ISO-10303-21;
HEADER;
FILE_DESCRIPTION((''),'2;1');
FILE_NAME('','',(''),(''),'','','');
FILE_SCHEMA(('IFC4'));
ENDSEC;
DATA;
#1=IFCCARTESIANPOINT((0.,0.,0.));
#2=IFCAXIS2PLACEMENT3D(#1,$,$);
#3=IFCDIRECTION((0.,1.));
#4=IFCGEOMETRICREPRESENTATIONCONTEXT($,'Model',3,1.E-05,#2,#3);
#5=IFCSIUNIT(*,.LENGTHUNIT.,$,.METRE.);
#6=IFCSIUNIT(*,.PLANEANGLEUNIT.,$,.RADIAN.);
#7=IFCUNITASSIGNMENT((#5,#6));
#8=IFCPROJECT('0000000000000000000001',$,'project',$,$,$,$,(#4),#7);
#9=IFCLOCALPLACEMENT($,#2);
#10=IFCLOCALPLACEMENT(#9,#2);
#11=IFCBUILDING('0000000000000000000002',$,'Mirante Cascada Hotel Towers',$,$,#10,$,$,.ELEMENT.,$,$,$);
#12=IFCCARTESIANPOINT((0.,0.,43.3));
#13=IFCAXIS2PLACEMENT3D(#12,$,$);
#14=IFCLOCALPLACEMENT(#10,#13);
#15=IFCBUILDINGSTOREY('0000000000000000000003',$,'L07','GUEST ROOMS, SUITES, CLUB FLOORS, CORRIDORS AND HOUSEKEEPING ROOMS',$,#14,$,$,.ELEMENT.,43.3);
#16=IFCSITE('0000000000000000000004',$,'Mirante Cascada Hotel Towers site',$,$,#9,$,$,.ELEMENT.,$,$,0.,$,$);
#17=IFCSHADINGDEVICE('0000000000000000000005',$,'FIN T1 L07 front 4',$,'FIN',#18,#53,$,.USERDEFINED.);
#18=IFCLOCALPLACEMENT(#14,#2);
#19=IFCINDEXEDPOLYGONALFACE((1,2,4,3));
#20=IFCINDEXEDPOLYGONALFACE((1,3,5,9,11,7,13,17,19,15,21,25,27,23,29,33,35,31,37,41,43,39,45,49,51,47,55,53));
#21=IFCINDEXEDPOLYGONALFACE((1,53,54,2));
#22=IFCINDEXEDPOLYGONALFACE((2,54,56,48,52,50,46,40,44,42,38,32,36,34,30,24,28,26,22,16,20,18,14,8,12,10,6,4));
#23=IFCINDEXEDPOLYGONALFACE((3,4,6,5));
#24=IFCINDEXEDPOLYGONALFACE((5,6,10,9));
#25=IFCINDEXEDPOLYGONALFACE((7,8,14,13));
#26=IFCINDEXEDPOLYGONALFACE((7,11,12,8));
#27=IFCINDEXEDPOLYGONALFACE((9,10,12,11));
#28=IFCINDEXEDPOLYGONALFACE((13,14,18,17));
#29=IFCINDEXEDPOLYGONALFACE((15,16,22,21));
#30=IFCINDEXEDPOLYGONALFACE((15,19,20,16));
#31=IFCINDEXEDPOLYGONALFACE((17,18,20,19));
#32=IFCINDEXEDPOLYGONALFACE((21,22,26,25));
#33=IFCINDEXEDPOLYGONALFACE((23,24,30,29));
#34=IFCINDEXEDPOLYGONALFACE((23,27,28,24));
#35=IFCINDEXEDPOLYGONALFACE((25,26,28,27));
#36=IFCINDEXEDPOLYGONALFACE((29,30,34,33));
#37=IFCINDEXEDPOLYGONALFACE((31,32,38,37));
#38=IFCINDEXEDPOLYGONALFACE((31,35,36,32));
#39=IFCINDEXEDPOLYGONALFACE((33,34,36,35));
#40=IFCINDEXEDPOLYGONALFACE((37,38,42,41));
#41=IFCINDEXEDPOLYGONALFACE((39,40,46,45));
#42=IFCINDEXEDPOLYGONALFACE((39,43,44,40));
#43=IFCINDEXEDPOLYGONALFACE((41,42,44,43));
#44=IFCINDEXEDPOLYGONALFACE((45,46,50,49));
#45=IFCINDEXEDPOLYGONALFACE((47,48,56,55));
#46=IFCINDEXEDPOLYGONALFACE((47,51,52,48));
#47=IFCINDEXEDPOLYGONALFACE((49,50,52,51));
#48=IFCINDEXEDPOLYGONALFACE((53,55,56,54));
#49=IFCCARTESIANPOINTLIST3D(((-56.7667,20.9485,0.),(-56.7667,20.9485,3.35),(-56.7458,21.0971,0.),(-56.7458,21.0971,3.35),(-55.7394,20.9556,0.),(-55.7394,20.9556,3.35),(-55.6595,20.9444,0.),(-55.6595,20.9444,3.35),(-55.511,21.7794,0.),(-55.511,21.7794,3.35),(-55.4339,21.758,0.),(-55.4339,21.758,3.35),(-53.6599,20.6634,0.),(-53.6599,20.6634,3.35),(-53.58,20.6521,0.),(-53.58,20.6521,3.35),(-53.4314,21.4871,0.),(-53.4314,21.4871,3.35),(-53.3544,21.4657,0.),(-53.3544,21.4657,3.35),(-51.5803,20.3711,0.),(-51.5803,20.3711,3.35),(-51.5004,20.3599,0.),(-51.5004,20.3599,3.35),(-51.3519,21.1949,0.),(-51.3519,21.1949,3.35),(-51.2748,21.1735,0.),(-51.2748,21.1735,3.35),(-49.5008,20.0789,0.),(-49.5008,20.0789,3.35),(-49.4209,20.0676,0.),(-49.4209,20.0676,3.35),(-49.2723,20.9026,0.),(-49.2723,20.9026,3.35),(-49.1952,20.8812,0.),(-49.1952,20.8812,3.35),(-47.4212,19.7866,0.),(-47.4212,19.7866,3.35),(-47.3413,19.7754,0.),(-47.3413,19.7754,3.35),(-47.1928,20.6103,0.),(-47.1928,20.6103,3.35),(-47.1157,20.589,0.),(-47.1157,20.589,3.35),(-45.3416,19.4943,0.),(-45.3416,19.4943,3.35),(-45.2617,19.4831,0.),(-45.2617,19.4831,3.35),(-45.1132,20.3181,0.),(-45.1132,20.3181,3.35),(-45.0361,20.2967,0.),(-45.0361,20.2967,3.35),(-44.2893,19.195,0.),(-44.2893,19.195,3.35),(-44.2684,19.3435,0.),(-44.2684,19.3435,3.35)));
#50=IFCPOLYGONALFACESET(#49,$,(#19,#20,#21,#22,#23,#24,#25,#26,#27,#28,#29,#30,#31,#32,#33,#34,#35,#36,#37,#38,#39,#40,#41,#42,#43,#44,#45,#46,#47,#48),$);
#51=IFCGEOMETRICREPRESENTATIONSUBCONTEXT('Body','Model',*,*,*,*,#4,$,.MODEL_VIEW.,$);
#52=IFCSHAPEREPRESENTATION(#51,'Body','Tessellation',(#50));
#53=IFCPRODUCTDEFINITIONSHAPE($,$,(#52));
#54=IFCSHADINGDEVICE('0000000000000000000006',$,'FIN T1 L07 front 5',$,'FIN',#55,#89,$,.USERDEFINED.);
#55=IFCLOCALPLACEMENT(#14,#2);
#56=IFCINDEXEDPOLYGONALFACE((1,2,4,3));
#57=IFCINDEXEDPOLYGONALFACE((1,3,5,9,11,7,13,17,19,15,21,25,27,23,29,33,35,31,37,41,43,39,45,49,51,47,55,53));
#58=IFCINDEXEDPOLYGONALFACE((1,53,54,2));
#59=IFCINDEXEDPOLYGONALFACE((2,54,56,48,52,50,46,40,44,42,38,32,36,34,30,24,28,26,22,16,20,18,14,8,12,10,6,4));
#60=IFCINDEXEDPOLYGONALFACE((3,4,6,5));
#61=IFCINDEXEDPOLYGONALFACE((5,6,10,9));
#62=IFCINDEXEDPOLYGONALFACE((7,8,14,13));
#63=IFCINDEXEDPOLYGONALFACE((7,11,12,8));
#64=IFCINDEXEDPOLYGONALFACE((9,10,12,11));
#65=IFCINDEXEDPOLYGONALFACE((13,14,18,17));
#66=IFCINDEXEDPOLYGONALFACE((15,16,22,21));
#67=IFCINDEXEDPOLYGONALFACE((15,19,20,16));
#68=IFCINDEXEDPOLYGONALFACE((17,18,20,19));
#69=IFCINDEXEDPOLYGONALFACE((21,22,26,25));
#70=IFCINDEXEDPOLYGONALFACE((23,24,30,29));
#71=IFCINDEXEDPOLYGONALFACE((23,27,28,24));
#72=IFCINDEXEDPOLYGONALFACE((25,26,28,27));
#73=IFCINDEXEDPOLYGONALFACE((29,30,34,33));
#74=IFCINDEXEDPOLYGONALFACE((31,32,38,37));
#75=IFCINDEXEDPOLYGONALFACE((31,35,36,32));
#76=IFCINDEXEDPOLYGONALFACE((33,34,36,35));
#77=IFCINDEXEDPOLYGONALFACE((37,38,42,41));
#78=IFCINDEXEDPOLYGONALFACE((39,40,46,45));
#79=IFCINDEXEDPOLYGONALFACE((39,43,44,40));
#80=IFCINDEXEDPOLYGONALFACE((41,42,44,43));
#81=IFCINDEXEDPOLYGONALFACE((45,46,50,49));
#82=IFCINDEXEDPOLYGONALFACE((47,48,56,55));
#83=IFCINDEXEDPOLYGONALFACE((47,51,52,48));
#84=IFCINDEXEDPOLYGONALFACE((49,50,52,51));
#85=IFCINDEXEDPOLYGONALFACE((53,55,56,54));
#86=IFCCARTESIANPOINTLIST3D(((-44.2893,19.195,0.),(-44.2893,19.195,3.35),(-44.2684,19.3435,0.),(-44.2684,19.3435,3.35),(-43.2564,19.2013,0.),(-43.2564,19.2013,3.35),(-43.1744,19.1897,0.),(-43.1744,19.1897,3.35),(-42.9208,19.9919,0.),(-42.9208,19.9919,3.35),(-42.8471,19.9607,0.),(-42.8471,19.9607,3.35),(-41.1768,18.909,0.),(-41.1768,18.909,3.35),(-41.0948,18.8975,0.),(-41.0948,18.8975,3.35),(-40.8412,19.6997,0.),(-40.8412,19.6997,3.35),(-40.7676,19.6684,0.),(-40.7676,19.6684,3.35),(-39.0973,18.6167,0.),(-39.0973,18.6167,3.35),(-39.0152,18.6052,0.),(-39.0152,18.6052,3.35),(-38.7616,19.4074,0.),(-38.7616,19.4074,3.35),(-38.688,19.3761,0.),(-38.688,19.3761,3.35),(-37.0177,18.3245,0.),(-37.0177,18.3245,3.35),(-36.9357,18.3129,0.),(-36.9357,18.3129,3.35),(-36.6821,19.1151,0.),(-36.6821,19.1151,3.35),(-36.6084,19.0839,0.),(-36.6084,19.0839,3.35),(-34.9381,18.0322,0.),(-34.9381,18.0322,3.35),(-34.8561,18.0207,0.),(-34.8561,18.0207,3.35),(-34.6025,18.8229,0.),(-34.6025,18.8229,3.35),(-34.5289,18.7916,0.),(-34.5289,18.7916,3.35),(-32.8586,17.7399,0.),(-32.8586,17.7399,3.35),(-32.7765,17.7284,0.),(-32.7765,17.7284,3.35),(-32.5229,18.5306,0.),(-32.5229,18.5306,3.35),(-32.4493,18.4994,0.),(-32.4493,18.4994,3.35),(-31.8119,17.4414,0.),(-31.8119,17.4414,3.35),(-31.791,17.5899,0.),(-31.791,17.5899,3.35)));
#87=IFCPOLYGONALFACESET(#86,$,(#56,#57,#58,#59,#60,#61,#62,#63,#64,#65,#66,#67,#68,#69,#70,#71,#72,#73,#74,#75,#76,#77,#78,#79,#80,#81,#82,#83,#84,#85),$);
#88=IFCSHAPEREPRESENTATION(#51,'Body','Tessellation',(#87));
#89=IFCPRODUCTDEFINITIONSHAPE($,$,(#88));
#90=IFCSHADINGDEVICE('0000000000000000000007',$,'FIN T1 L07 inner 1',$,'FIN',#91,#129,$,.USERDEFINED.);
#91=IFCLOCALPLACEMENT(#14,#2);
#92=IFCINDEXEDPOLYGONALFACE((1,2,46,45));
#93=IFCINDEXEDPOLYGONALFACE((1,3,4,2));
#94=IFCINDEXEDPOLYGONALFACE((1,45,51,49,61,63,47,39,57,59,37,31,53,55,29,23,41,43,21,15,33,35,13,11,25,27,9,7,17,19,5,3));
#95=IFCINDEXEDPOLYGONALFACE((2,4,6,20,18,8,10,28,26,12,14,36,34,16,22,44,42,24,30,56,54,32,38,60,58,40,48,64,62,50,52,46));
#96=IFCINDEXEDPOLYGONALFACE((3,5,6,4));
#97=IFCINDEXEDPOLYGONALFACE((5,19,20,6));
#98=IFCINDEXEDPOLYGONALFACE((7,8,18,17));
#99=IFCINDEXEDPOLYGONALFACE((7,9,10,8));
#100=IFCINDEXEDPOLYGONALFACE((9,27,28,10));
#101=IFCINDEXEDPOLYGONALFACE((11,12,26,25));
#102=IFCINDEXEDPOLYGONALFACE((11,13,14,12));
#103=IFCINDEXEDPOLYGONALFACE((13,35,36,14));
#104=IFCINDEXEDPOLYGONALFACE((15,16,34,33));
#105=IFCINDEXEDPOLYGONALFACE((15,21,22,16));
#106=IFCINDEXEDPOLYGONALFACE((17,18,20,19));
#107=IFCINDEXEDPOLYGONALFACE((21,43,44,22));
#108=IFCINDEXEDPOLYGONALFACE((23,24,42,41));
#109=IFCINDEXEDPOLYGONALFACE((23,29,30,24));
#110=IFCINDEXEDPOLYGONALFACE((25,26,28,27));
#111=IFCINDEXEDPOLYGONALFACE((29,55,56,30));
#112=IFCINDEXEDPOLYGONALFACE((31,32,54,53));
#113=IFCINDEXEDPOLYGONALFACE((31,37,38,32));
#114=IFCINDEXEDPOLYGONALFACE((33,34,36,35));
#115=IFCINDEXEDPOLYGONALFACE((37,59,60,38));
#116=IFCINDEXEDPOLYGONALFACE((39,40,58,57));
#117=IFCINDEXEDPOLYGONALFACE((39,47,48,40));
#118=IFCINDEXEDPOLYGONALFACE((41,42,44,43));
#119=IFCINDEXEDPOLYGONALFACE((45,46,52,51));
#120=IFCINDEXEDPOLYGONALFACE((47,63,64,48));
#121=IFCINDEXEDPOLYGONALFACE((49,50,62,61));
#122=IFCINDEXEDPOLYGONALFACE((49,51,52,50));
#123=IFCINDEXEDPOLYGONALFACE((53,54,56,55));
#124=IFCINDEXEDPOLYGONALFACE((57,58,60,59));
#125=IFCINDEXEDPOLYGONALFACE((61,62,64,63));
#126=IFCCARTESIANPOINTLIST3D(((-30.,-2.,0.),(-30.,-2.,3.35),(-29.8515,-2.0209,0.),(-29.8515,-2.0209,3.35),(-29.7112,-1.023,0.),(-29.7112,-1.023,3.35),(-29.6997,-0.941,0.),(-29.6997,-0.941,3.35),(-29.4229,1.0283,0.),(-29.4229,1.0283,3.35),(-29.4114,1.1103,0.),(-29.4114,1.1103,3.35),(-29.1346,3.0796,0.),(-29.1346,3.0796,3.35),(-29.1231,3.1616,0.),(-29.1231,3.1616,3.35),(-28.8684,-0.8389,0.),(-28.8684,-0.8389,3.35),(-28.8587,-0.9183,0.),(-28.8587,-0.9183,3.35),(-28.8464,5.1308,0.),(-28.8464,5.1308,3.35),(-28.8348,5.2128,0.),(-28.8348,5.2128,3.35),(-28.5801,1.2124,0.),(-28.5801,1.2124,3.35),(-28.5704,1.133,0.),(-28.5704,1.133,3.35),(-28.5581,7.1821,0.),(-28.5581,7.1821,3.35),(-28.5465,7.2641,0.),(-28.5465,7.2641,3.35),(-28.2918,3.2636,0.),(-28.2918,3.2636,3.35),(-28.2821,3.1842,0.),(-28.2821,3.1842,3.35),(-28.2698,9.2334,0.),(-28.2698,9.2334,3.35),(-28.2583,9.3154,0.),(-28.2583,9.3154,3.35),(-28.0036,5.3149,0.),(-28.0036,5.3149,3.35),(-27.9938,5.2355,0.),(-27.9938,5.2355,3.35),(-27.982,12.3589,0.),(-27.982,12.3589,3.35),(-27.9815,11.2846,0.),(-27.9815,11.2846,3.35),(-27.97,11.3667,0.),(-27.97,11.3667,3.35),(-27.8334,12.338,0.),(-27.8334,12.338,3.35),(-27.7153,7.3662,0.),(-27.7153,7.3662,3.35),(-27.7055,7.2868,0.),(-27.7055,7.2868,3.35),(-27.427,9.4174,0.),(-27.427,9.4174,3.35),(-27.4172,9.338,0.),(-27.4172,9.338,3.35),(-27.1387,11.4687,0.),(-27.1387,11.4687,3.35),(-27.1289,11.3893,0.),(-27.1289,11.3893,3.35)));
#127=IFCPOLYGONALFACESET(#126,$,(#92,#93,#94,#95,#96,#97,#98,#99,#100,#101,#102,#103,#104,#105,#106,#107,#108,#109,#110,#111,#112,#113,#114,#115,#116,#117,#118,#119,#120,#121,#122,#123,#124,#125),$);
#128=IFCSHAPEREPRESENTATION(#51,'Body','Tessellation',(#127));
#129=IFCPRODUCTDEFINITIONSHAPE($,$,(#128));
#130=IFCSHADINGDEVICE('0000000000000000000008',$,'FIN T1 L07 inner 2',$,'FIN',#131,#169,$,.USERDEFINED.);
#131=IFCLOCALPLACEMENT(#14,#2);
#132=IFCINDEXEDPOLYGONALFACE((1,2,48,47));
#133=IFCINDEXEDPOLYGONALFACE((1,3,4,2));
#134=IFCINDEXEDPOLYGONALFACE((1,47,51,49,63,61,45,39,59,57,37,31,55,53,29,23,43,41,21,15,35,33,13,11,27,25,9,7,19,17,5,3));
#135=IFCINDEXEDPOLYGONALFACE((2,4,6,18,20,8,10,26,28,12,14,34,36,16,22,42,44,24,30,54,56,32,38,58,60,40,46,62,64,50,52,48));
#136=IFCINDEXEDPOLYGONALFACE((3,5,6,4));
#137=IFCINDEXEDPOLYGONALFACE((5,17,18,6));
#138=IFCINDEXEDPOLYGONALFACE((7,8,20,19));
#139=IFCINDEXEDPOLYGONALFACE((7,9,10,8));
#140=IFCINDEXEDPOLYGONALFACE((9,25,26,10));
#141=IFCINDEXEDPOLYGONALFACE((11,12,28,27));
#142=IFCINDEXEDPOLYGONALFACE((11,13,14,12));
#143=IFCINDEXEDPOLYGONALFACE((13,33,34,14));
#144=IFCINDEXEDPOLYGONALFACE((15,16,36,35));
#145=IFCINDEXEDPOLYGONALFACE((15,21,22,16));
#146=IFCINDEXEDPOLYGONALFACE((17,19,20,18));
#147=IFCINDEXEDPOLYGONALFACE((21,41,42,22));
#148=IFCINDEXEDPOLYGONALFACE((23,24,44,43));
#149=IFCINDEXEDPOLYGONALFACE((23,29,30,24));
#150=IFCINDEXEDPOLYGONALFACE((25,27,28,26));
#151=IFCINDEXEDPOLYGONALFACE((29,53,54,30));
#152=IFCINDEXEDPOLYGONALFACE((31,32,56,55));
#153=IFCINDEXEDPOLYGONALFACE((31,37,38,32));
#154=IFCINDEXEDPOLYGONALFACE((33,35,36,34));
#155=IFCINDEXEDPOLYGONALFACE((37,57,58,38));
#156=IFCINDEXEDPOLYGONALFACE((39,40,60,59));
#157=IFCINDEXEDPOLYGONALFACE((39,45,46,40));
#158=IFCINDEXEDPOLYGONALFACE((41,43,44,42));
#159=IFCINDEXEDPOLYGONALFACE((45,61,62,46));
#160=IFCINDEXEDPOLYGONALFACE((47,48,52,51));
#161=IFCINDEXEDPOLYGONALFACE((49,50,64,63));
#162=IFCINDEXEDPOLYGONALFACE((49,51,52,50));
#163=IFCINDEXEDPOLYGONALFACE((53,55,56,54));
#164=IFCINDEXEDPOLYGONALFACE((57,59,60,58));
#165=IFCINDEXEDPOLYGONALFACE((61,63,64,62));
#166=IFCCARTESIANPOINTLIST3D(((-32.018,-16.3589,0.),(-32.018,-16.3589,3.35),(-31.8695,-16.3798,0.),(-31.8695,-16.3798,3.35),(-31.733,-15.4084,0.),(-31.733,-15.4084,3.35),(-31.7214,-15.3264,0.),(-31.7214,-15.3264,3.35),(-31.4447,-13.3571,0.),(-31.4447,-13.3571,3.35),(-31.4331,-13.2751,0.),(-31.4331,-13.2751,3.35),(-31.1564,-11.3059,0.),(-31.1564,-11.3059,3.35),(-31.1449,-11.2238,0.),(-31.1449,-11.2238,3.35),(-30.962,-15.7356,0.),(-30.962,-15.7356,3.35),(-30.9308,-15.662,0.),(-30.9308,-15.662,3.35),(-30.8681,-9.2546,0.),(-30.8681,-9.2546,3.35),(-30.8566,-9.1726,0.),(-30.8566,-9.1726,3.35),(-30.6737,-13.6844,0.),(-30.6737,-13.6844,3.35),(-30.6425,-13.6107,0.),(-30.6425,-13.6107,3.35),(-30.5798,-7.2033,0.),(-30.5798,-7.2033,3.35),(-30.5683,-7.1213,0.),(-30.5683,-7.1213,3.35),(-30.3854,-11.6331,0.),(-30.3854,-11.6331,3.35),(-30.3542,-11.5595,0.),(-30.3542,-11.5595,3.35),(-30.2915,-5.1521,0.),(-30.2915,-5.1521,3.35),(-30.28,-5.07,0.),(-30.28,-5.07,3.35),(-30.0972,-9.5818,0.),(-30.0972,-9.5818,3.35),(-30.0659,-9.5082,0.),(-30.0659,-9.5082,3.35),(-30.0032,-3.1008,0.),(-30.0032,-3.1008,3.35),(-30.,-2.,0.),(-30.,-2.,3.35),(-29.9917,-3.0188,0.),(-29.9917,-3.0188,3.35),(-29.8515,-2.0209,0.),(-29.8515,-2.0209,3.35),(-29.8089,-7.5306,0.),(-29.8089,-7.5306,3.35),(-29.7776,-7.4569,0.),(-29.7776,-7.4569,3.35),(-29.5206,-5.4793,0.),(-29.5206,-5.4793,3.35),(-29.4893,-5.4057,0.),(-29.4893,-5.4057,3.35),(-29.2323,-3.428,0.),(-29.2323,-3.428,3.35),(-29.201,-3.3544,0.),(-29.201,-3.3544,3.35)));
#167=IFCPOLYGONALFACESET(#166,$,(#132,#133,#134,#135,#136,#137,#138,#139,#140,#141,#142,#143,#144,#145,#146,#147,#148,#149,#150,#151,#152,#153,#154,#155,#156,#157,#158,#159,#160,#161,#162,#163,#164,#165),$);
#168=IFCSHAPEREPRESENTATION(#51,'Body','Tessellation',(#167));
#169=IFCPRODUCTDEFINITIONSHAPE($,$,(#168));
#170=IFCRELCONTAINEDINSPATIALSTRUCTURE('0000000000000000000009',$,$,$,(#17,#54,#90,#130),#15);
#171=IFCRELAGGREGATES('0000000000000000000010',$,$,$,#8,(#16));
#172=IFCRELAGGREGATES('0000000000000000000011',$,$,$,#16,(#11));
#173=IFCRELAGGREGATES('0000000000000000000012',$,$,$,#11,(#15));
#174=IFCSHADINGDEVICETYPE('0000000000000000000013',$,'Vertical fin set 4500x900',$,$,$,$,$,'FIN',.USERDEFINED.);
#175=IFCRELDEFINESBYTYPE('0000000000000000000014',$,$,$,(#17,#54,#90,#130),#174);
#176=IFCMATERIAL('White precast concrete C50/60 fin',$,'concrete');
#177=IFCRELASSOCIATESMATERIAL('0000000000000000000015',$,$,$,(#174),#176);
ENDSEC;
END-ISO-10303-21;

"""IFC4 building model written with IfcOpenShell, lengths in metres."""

from ifc_helpers import new_model, si_unit, direction, frame, origin, place, context, subcontext, project, spatial, polyline, outline, extrude, material, type_object, element, save


model = new_model("IFC4")

# Units and contexts
model_context = context("Model", 3, precision=1e-05, world=origin(), true_north=direction((0.0, 1.0)))
body_context = subcontext(model_context, "Body", "Model", "MODEL_VIEW")
ifc_project = project(units=[si_unit("LENGTHUNIT", "METRE"), si_unit("PLANEANGLEUNIT", "RADIAN")], contexts=[model_context])

# Site, building, storey
site_placement = place(None, origin())
site = spatial("IfcSite", under=ifc_project, at=site_placement, Name="Mirante Cascada Hotel Towers site", CompositionType="ELEMENT", RefElevation=0.0)
building_placement = place(site_placement, origin())
building = spatial("IfcBuilding", under=site, at=building_placement, Name="Mirante Cascada Hotel Towers", CompositionType="ELEMENT")
storey_placement = place(building_placement, frame((0.0, 0.0, 43.3)))
storey = spatial("IfcBuildingStorey", under=building, at=storey_placement, Name="L07", Description="GUEST ROOMS, SUITES, CLUB FLOORS, CORRIDORS AND HOUSEKEEPING ROOMS", CompositionType="ELEMENT", Elevation=43.3)

# Shading devices
ifc_material_1 = material(Name="White precast concrete C50/60 fin", Category="concrete")
shading_device_type = type_object("IfcShadingDeviceType", Name="Vertical fin set 4500x900", ElementType="FIN", PredefinedType="USERDEFINED", material=ifc_material_1)
shading_device_1_placement = place(storey_placement, origin())
element("IfcShadingDevice", 1, at=shading_device_1_placement, inside=storey, type_object=shading_device_type, Name="FIN T1 L07 front 4", ObjectType="FIN", PredefinedType="USERDEFINED", context=body_context, shape_type="SweptSolid", body=[
    extrude(outline(polyline([(-45.0361, 20.2967), (-45.2617, 19.4831), (-44.2684, 19.3435), (-44.2893, 19.195), (-56.7667, 20.9485), (-56.7458, 21.0971), (-55.7394, 20.9556), (-55.511, 21.7794), (-55.4339, 21.758), (-55.6595, 20.9444), (-53.6599, 20.6634), (-53.4314, 21.4871), (-53.3544, 21.4657), (-53.58, 20.6521), (-51.5803, 20.3711), (-51.3519, 21.1949), (-51.2748, 21.1735), (-51.5004, 20.3599), (-49.5008, 20.0789), (-49.2723, 20.9026), (-49.1952, 20.8812), (-49.4209, 20.0676), (-47.4212, 19.7866), (-47.1928, 20.6103), (-47.1157, 20.589), (-47.3413, 19.7754), (-45.3416, 19.4943), (-45.1132, 20.3181), (-45.0361, 20.2967)])), origin(), (0.0, 0.0, 1.0), 3.35),
])
shading_device_2_placement = place(storey_placement, origin())
element("IfcShadingDevice", 2, at=shading_device_2_placement, inside=storey, type_object=shading_device_type, Name="FIN T1 L07 front 5", ObjectType="FIN", PredefinedType="USERDEFINED", context=body_context, shape_type="SweptSolid", body=[
    extrude(outline(polyline([(-32.4493, 18.4994), (-32.7765, 17.7284), (-31.791, 17.5899), (-31.8119, 17.4414), (-44.2893, 19.195), (-44.2684, 19.3435), (-43.2564, 19.2013), (-42.9208, 19.9919), (-42.8471, 19.9607), (-43.1744, 19.1897), (-41.1768, 18.909), (-40.8412, 19.6997), (-40.7676, 19.6684), (-41.0948, 18.8975), (-39.0973, 18.6167), (-38.7616, 19.4074), (-38.688, 19.3761), (-39.0152, 18.6052), (-37.0177, 18.3245), (-36.6821, 19.1151), (-36.6084, 19.0839), (-36.9357, 18.3129), (-34.9381, 18.0322), (-34.6025, 18.8229), (-34.5289, 18.7916), (-34.8561, 18.0207), (-32.8586, 17.7399), (-32.5229, 18.5306), (-32.4493, 18.4994)])), origin(), (0.0, 0.0, 1.0), 3.35),
])
shading_device_3_placement = place(storey_placement, origin())
element("IfcShadingDevice", 3, at=shading_device_3_placement, inside=storey, type_object=shading_device_type, Name="FIN T1 L07 inner 1", ObjectType="FIN", PredefinedType="USERDEFINED", context=body_context, shape_type="SweptSolid", body=[
    extrude(outline(polyline([(-29.7112, -1.023), (-29.8515, -2.0209), (-30.0, -2.0), (-27.982, 12.3589), (-27.8334, 12.338), (-27.97, 11.3667), (-27.1387, 11.4687), (-27.1289, 11.3893), (-27.9815, 11.2846), (-28.2583, 9.3154), (-27.427, 9.4174), (-27.4172, 9.338), (-28.2698, 9.2334), (-28.5465, 7.2641), (-27.7153, 7.3662), (-27.7055, 7.2868), (-28.5581, 7.1821), (-28.8348, 5.2128), (-28.0036, 5.3149), (-27.9938, 5.2355), (-28.8464, 5.1308), (-29.1231, 3.1616), (-28.2918, 3.2636), (-28.2821, 3.1842), (-29.1346, 3.0796), (-29.4114, 1.1103), (-28.5801, 1.2124), (-28.5704, 1.133), (-29.4229, 1.0283), (-29.6997, -0.941), (-28.8684, -0.8389), (-28.8587, -0.9183), (-29.7112, -1.023)])), origin(), (0.0, 0.0, 1.0), 3.35),
])
shading_device_4_placement = place(storey_placement, origin())
element("IfcShadingDevice", 4, at=shading_device_4_placement, inside=storey, type_object=shading_device_type, Name="FIN T1 L07 inner 2", ObjectType="FIN", PredefinedType="USERDEFINED", context=body_context, shape_type="SweptSolid", body=[
    extrude(outline(polyline([(-31.733, -15.4084), (-31.8695, -16.3798), (-32.018, -16.3589), (-30.0, -2.0), (-29.8515, -2.0209), (-29.9917, -3.0188), (-29.201, -3.3544), (-29.2323, -3.428), (-30.0032, -3.1008), (-30.28, -5.07), (-29.4893, -5.4057), (-29.5206, -5.4793), (-30.2915, -5.1521), (-30.5683, -7.1213), (-29.7776, -7.4569), (-29.8089, -7.5306), (-30.5798, -7.2033), (-30.8566, -9.1726), (-30.0659, -9.5082), (-30.0972, -9.5818), (-30.8681, -9.2546), (-31.1449, -11.2238), (-30.3542, -11.5595), (-30.3854, -11.6331), (-31.1564, -11.3059), (-31.4331, -13.2751), (-30.6425, -13.6107), (-30.6737, -13.6844), (-31.4447, -13.3571), (-31.7214, -15.3264), (-30.9308, -15.662), (-30.962, -15.7356), (-31.733, -15.4084)])), origin(), (0.0, 0.0, 1.0), 3.35),
])

save(model, "model.ifc")
